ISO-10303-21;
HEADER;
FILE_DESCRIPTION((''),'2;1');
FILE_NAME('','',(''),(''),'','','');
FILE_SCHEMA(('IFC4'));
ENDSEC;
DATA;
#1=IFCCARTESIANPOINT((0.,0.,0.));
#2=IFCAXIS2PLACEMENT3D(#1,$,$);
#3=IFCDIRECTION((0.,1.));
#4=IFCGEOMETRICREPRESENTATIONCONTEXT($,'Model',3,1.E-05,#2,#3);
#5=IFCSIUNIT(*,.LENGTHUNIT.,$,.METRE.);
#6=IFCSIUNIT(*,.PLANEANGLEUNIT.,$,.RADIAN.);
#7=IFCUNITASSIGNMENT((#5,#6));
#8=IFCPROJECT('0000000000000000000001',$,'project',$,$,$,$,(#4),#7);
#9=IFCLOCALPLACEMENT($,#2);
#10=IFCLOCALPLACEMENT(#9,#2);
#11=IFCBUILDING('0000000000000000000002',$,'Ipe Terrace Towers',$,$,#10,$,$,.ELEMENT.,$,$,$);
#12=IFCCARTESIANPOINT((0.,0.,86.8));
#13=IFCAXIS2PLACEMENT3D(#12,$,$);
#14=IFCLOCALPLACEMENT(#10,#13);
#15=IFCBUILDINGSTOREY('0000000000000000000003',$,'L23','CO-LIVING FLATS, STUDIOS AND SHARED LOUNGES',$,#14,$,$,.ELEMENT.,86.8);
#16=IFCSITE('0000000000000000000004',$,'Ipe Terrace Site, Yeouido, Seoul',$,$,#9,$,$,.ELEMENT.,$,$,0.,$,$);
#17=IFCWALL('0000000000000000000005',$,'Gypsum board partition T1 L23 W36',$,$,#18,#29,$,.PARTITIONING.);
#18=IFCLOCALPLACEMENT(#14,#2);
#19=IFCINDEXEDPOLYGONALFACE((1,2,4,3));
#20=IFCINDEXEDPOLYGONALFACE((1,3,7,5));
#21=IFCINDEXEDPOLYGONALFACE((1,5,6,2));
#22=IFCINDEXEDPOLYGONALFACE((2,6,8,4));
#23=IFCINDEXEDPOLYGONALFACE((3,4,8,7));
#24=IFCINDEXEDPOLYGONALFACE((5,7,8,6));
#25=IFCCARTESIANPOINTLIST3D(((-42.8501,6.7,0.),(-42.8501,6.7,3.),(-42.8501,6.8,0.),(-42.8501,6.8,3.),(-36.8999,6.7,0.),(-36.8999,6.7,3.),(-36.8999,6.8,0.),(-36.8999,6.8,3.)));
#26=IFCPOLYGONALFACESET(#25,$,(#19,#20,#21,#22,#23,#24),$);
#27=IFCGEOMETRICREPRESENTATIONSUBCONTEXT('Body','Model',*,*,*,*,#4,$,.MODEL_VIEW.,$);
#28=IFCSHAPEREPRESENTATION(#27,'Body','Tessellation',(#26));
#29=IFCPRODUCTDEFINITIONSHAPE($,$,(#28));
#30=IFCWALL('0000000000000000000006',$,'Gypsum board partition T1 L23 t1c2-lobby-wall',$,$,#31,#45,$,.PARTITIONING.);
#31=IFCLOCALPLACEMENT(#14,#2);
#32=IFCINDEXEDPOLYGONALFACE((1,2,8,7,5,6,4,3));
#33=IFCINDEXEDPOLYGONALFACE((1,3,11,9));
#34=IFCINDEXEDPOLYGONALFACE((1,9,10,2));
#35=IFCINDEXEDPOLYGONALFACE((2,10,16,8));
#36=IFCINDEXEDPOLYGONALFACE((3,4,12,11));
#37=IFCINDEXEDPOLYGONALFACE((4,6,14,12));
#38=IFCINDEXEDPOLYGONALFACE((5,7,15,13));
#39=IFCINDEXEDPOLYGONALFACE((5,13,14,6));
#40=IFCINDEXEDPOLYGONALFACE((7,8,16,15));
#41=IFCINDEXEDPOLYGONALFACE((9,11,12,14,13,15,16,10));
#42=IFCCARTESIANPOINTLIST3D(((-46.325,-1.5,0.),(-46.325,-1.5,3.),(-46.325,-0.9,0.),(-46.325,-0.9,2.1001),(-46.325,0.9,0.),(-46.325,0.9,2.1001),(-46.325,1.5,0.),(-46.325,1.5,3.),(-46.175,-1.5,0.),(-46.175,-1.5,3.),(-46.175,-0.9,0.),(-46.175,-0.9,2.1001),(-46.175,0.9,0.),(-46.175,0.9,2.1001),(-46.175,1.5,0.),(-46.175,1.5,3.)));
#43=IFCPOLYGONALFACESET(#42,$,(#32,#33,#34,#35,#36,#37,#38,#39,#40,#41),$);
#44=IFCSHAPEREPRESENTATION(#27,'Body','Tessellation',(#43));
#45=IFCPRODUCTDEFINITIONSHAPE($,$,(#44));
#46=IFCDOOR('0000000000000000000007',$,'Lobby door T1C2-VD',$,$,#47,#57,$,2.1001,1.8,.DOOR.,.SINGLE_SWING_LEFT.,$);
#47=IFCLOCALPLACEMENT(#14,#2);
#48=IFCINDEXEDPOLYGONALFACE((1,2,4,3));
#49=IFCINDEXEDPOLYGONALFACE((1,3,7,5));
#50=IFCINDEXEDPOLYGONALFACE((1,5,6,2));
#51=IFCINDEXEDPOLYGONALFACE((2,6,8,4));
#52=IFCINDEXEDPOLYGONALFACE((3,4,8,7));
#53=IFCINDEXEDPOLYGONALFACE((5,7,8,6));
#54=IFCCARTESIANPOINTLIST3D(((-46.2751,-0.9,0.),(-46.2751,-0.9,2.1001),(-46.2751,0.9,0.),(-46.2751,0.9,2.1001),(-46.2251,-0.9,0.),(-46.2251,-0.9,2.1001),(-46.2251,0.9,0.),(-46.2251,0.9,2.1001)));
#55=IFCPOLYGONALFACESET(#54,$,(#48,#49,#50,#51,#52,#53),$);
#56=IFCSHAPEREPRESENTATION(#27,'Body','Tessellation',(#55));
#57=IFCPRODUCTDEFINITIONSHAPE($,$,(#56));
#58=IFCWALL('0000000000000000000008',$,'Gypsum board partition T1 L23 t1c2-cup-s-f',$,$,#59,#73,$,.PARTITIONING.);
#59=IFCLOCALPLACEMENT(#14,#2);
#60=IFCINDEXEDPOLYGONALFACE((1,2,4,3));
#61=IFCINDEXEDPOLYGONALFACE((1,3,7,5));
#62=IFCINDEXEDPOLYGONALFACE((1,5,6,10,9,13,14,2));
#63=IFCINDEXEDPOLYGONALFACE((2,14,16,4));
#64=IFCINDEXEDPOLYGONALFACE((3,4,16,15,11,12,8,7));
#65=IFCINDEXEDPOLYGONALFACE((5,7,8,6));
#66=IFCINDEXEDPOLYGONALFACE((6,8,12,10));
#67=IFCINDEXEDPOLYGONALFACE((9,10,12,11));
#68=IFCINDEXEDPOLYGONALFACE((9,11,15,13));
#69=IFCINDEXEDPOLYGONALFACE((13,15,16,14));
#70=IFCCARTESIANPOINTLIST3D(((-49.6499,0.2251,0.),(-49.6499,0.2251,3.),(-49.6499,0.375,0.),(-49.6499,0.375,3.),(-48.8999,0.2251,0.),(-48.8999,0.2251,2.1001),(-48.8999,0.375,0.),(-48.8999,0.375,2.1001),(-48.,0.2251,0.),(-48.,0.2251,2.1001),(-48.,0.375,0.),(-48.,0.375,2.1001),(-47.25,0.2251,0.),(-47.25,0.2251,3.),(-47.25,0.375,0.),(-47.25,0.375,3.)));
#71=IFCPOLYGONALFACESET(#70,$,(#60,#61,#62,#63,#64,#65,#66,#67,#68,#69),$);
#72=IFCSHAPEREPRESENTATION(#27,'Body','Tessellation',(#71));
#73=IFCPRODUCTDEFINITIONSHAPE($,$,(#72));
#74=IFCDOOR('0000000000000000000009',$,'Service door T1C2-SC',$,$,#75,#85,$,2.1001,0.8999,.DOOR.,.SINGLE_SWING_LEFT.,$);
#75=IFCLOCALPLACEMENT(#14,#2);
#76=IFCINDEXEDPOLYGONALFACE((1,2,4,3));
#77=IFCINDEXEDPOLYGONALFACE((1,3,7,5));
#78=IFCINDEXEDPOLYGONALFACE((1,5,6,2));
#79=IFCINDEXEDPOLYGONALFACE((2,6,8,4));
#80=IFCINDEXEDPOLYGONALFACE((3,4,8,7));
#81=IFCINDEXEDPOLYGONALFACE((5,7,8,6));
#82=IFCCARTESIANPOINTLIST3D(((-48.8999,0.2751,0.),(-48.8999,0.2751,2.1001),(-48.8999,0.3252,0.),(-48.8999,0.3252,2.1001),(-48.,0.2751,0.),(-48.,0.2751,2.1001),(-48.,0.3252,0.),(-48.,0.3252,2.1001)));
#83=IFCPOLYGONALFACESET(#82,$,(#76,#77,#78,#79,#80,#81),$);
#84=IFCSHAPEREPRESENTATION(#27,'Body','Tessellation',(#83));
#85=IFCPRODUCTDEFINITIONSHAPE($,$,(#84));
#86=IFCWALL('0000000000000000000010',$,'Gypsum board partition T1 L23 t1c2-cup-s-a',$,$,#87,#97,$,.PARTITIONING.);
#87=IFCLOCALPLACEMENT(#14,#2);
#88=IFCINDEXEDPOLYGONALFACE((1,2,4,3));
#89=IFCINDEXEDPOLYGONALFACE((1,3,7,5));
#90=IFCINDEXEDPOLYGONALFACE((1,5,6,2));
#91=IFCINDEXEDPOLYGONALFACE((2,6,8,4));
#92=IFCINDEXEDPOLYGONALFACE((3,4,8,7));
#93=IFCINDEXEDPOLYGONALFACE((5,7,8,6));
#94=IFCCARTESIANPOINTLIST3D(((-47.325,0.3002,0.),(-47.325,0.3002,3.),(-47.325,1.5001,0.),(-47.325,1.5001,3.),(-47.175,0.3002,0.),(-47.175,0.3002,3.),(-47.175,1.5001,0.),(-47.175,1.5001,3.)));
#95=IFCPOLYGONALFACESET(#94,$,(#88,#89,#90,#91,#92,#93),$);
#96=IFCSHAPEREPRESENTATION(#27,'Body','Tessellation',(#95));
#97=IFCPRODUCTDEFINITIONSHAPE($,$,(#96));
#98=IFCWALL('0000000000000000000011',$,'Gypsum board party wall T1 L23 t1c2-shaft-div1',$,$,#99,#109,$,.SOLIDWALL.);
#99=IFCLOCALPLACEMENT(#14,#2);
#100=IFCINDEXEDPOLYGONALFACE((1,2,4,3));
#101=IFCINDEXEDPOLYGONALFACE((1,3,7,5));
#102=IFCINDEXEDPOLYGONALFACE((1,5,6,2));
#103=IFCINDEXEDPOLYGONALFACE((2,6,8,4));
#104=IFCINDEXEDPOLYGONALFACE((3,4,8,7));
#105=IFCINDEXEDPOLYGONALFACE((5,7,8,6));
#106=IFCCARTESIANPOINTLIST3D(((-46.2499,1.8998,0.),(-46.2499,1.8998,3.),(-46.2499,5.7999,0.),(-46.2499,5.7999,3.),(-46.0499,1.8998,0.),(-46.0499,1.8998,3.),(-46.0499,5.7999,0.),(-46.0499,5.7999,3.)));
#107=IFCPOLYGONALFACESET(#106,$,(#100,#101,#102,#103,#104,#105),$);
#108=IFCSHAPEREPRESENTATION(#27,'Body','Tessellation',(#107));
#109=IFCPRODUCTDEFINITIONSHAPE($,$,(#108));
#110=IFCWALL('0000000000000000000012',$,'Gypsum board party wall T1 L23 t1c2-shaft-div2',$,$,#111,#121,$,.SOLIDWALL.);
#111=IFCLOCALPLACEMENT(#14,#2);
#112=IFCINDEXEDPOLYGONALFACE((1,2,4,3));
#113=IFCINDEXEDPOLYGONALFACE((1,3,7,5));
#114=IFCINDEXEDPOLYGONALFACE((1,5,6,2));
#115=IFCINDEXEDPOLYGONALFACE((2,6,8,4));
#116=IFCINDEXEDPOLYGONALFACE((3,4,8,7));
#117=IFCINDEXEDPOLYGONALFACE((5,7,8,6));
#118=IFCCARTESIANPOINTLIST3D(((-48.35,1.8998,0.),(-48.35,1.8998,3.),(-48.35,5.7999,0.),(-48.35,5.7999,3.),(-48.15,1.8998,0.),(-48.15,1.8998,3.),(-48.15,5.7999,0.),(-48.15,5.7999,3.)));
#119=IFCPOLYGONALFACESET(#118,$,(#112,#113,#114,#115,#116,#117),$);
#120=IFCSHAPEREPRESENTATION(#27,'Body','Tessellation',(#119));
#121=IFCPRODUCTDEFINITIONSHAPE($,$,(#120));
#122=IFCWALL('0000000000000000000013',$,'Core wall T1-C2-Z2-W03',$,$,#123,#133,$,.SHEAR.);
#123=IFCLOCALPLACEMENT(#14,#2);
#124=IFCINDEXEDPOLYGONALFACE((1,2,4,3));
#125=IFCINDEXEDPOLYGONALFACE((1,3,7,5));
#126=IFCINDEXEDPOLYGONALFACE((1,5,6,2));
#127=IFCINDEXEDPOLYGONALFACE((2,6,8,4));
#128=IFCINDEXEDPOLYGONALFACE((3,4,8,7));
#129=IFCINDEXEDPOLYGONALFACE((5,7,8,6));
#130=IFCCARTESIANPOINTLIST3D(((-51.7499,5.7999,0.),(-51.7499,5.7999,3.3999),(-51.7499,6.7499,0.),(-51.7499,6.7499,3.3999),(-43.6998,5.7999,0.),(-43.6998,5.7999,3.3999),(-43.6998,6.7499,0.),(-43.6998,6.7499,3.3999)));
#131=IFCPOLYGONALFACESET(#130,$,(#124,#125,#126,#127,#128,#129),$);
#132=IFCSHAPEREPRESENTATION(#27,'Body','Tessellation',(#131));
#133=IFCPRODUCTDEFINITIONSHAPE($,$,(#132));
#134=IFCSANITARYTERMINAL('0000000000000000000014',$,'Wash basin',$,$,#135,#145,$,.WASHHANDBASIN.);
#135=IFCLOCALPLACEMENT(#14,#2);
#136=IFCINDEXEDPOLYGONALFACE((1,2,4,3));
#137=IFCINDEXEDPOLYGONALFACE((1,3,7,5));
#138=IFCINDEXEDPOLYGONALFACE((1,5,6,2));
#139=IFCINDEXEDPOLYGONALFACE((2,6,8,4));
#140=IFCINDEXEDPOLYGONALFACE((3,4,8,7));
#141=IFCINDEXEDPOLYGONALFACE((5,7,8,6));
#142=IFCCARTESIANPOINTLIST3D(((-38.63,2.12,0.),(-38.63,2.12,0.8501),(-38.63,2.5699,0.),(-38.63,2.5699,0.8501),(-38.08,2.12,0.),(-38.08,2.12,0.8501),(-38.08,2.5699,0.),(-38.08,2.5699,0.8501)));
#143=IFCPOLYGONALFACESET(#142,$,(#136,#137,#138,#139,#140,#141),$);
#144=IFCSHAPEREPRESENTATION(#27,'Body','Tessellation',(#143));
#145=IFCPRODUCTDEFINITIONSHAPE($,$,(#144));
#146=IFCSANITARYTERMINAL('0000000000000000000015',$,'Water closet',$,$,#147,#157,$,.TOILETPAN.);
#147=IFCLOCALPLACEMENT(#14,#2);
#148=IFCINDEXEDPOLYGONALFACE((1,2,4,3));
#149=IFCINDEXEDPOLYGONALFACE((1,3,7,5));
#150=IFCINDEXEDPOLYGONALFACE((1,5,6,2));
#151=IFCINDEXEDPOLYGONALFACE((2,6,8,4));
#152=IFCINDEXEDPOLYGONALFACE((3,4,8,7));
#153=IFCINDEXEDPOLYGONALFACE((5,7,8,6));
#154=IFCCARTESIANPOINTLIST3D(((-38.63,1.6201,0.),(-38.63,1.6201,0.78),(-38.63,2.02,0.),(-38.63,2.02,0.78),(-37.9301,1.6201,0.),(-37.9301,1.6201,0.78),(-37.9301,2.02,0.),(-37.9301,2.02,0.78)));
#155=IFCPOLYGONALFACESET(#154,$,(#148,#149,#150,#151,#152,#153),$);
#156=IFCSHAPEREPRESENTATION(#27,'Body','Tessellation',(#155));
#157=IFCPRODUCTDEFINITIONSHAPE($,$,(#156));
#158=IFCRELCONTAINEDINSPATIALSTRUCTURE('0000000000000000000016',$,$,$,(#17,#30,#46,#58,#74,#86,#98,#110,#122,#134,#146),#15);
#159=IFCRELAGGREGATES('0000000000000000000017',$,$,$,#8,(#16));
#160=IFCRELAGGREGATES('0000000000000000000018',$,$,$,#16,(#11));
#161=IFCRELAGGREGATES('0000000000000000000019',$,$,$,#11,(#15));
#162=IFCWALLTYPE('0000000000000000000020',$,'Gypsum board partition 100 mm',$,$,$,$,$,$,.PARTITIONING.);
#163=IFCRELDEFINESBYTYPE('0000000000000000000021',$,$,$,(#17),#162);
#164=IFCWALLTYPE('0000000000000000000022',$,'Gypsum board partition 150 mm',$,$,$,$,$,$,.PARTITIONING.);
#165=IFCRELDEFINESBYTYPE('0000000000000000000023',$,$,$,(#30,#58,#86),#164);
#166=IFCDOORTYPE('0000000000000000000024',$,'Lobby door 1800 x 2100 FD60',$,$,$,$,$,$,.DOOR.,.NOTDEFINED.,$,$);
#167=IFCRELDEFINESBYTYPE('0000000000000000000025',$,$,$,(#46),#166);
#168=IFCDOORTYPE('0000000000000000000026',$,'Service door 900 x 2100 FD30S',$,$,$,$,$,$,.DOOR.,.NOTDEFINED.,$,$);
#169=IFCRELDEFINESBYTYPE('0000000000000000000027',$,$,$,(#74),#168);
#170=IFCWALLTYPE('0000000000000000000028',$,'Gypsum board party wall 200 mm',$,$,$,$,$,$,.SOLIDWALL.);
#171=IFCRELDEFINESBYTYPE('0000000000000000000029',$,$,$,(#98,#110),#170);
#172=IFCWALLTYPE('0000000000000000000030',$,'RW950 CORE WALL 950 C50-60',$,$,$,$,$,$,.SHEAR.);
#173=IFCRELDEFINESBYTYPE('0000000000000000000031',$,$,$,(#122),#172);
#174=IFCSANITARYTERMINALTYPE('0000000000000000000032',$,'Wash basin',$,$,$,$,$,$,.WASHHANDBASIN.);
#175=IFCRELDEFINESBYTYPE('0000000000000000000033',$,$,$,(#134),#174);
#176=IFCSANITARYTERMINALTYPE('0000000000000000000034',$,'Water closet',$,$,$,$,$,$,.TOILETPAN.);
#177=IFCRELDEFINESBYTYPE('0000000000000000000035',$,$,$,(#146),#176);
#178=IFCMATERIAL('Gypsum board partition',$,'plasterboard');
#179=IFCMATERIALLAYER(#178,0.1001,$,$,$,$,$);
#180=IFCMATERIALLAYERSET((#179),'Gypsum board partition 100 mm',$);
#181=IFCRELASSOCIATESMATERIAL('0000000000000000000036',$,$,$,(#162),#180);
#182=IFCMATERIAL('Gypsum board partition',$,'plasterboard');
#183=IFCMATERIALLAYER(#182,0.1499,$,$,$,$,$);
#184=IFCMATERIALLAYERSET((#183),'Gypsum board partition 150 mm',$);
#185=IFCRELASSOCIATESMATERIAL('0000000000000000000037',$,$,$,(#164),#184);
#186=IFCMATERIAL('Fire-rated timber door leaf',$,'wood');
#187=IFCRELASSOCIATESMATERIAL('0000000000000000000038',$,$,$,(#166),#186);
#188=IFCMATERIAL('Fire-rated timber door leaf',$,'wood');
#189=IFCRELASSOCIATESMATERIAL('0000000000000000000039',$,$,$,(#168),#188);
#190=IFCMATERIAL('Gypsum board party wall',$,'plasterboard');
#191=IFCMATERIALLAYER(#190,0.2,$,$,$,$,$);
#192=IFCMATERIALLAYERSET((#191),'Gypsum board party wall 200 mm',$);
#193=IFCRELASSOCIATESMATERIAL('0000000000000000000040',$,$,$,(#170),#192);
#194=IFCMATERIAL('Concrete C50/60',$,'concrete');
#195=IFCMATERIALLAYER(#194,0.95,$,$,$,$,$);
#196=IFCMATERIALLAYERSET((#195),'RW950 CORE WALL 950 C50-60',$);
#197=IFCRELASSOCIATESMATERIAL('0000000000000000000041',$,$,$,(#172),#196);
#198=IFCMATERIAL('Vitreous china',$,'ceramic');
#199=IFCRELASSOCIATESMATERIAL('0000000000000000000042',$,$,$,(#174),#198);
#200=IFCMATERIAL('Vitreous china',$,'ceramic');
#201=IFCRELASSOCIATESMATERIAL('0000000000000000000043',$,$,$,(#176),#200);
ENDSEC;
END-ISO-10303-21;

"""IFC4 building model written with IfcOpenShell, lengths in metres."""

from ifc_helpers import new_model, si_unit, direction, frame, frame_2d, origin, origin_2d, place, context, subcontext, project, spatial, rectangle, extrude, material, layer, layer_set, type_object, element, fill, save


model = new_model("IFC4")

# Units and contexts
model_context = context("Model", 3, precision=1e-05, world=origin(), true_north=direction((0.0, 1.0)))
body_context = subcontext(model_context, "Body", "Model", "MODEL_VIEW")
ifc_project = project(units=[si_unit("LENGTHUNIT", "METRE"), si_unit("PLANEANGLEUNIT", "RADIAN")], contexts=[model_context])

# Site, building, storey
site_placement = place(None, origin())
site = spatial("IfcSite", under=ifc_project, at=site_placement, Name="Ipe Terrace Site, Yeouido, Seoul", CompositionType="ELEMENT", RefElevation=0.0)
building_placement = place(site_placement, origin())
building = spatial("IfcBuilding", under=site, at=building_placement, Name="Ipe Terrace Towers", CompositionType="ELEMENT")
storey_placement = place(building_placement, frame((0.0, 0.0, 86.8)))
storey = spatial("IfcBuildingStorey", under=building, at=storey_placement, Name="L23", Description="CO-LIVING FLATS, STUDIOS AND SHARED LOUNGES", CompositionType="ELEMENT", Elevation=86.8)

# Shared definitions
ifc_material_1 = material(Name="Gypsum board partition", Category="plasterboard")
ifc_layer_1 = layer(ifc_material_1, 0.1001)
ifc_layer_set_1 = layer_set([ifc_layer_1], Name="Gypsum board partition 100 mm")
wall_type_1 = type_object("IfcWallType", Name="Gypsum board partition 100 mm", PredefinedType="PARTITIONING", material=ifc_layer_set_1)

# Wall
wall_1_placement = place(storey_placement, frame((-42.8501, 6.75, 0.0), z_axis=(0.0, 0.0, 1.0), x_axis=(1.0, 0.0, 0.0)))
element("IfcWall", 1, at=wall_1_placement, inside=storey, type_object=wall_type_1, Name="Gypsum board partition T1 L23 W36", PredefinedType="PARTITIONING", context=body_context, shape_type="SweptSolid", body=[
    extrude(rectangle(XDim=5.9502, YDim=0.1001, at=frame_2d((2.9751, 0.0))), origin(), (0.0, 0.0, 1.0), 3.0),
])

# Walls, openings, doors
ifc_material_2 = material(Name="Gypsum board partition", Category="plasterboard")
ifc_layer_2 = layer(ifc_material_2, 0.1499)
ifc_layer_set_2 = layer_set([ifc_layer_2], Name="Gypsum board partition 150 mm")
wall_type_2 = type_object("IfcWallType", Name="Gypsum board partition 150 mm", PredefinedType="PARTITIONING", material=ifc_layer_set_2)
wall_2_placement = place(storey_placement, frame((-46.25, 1.5, 0.0), z_axis=(0.0, 0.0, 1.0), x_axis=(0.0, -1.0, 0.0)))
wall_2 = element("IfcWall", 2, at=wall_2_placement, inside=storey, type_object=wall_type_2, Name="Gypsum board partition T1 L23 t1c2-lobby-wall", PredefinedType="PARTITIONING", context=body_context, shape_type="SweptSolid", body=[
    extrude(rectangle(XDim=3.0, YDim=0.1499, at=frame_2d((1.5, 0.0))), origin(), (0.0, 0.0, 1.0), 3.0),
])
opening_1_placement = place(wall_2_placement, frame((0.6001, 0.0, 0.0)))
opening_1 = element("IfcOpeningElement", 3, at=opening_1_placement, cuts=wall_2, PredefinedType="OPENING", context=body_context, shape_type="SweptSolid", body=[
    extrude(rectangle(XDim=1.8, YDim=2.1001, at=frame_2d((0.8999, 1.05))), frame((0.0, 0.085, 0.0), z_axis=(0.0, -1.0, 0.0), x_axis=(1.0, 0.0, 0.0)), (0.0, 0.0, 1.0), 0.1699),
])
ifc_material_3 = material(Name="Fire-rated timber door leaf", Category="wood")
door_type_1 = type_object("IfcDoorType", Name="Lobby door 1800 x 2100 FD60", OperationType="NOTDEFINED", PredefinedType="DOOR", material=ifc_material_3)
door_1_placement = place(opening_1_placement, origin())
door_1 = element("IfcDoor", 4, at=door_1_placement, inside=storey, type_object=door_type_1, Name="Lobby door T1C2-VD", OperationType="SINGLE_SWING_LEFT", OverallHeight=2.1001, OverallWidth=1.8, PredefinedType="DOOR", context=body_context, shape_type="SweptSolid", body=[
    extrude(rectangle(XDim=1.8, YDim=2.1001, at=frame_2d((0.8999, 1.05))), frame((0.0, 0.0249, 0.0), z_axis=(0.0, -1.0, 0.0), x_axis=(1.0, 0.0, 0.0)), (0.0, 0.0, 1.0), 0.05),
])
fill(opening_1, door_1)
wall_3_placement = place(storey_placement, frame((-47.25, 0.3, 0.0), z_axis=(0.0, 0.0, 1.0), x_axis=(-1.0, 0.0, 0.0)))
wall_3 = element("IfcWall", 5, at=wall_3_placement, inside=storey, type_object=wall_type_2, Name="Gypsum board partition T1 L23 t1c2-cup-s-f", PredefinedType="PARTITIONING", context=body_context, shape_type="SweptSolid", body=[
    extrude(rectangle(XDim=2.3999, YDim=0.1499, at=frame_2d((1.2, 0.0))), origin(), (0.0, 0.0, 1.0), 3.0),
])
opening_2_placement = place(wall_3_placement, frame((0.75, 0.0, 0.0)))
opening_2 = element("IfcOpeningElement", 6, at=opening_2_placement, cuts=wall_3, PredefinedType="OPENING", context=body_context, shape_type="SweptSolid", body=[
    extrude(rectangle(XDim=0.8999, YDim=2.1001, at=frame_2d((0.45, 1.05))), frame((0.0, 0.085, 0.0), z_axis=(0.0, -1.0, 0.0), x_axis=(1.0, 0.0, 0.0)), (0.0, 0.0, 1.0), 0.1699),
])
ifc_material_4 = material(Name="Fire-rated timber door leaf", Category="wood")
door_type_2 = type_object("IfcDoorType", Name="Service door 900 x 2100 FD30S", OperationType="NOTDEFINED", PredefinedType="DOOR", material=ifc_material_4)
door_2_placement = place(opening_2_placement, origin())
door_2 = element("IfcDoor", 7, at=door_2_placement, inside=storey, type_object=door_type_2, Name="Service door T1C2-SC", OperationType="SINGLE_SWING_LEFT", OverallHeight=2.1001, OverallWidth=0.8999, PredefinedType="DOOR", context=body_context, shape_type="SweptSolid", body=[
    extrude(rectangle(XDim=0.8999, YDim=2.1001, at=frame_2d((0.45, 1.05))), frame((0.0, 0.0249, 0.0), z_axis=(0.0, -1.0, 0.0), x_axis=(1.0, 0.0, 0.0)), (0.0, 0.0, 1.0), 0.05),
])
fill(opening_2, door_2)

# Walls
wall_4_placement = place(storey_placement, frame((-47.25, 0.3, 0.0), z_axis=(0.0, 0.0, 1.0), x_axis=(0.0, 1.0, 0.0)))
element("IfcWall", 8, at=wall_4_placement, inside=storey, type_object=wall_type_2, Name="Gypsum board partition T1 L23 t1c2-cup-s-a", PredefinedType="PARTITIONING", context=body_context, shape_type="SweptSolid", body=[
    extrude(rectangle(XDim=1.2, YDim=0.1499, at=frame_2d((0.6001, 0.0))), origin(), (0.0, 0.0, 1.0), 3.0),
])
ifc_material_5 = material(Name="Gypsum board party wall", Category="plasterboard")
ifc_layer_3 = layer(ifc_material_5, 0.2)
ifc_layer_set_3 = layer_set([ifc_layer_3], Name="Gypsum board party wall 200 mm")
wall_type_3 = type_object("IfcWallType", Name="Gypsum board party wall 200 mm", PredefinedType="SOLIDWALL", material=ifc_layer_set_3)
for number, where, z_axis, x_axis, name in (
    (9, (-46.1499, 5.8, 0.0), (0.0, 0.0, 1.0), (0.0, -1.0, 0.0), "Gypsum board party wall T1 L23 t1c2-shaft-div1"),
    (10, (-48.25, 5.8, 0.0), (0.0, 0.0, 1.0), (0.0, -1.0, 0.0), "Gypsum board party wall T1 L23 t1c2-shaft-div2"),
):
    element("IfcWall", number, at=place(storey_placement, frame(where, z_axis=z_axis, x_axis=x_axis)), inside=storey, type_object=wall_type_3, Name=name, PredefinedType="SOLIDWALL", context=body_context, shape_type="SweptSolid", body=[
        extrude(rectangle(XDim=3.9001, YDim=0.2, at=frame_2d((1.9502, 0.0))), origin(), (0.0, 0.0, 1.0), 3.0),
    ])
ifc_material_6 = material(Name="Concrete C50/60", Category="concrete")
ifc_layer_4 = layer(ifc_material_6, 0.95)
ifc_layer_set_4 = layer_set([ifc_layer_4], Name="RW950 CORE WALL 950 C50-60")
wall_type_4 = type_object("IfcWallType", Name="RW950 CORE WALL 950 C50-60", PredefinedType="SHEAR", material=ifc_layer_set_4)
wall_5_placement = place(storey_placement, frame((-43.7, 6.2749, 0.0), z_axis=(0.0, 0.0, 1.0), x_axis=(-1.0, 0.0, 0.0)))
element("IfcWall", 11, at=wall_5_placement, inside=storey, type_object=wall_type_4, Name="Core wall T1-C2-Z2-W03", PredefinedType="SHEAR", context=body_context, shape_type="SweptSolid", body=[
    extrude(rectangle(XDim=8.05, YDim=0.95, at=frame_2d((4.0249, 0.0))), origin(), (0.0, 0.0, 1.0), 3.3999),
])

# Sanitary terminals
ifc_material_7 = material(Name="Vitreous china", Category="ceramic")
sanitary_terminal_type_1 = type_object("IfcSanitaryTerminalType", Name="Wash basin", PredefinedType="WASHHANDBASIN", material=ifc_material_7)
sanitary_terminal_1_placement = place(storey_placement, frame((-38.355, 2.345, 0.0), z_axis=(0.0, 0.0, 1.0), x_axis=(1.0, 0.0, 0.0)))
element("IfcSanitaryTerminal", 12, at=sanitary_terminal_1_placement, inside=storey, type_object=sanitary_terminal_type_1, Name="Wash basin", PredefinedType="WASHHANDBASIN", context=body_context, shape_type="SweptSolid", body=[
    extrude(rectangle(XDim=0.55, YDim=0.45, at=origin_2d()), origin(), (0.0, 0.0, 1.0), 0.8501),
])
ifc_material_8 = material(Name="Vitreous china", Category="ceramic")
sanitary_terminal_type_2 = type_object("IfcSanitaryTerminalType", Name="Water closet", PredefinedType="TOILETPAN", material=ifc_material_8)
sanitary_terminal_2_placement = place(storey_placement, frame((-38.28, 1.8201, 0.0), z_axis=(0.0, 0.0, 1.0), x_axis=(1.0, 0.0, 0.0)))
element("IfcSanitaryTerminal", 13, at=sanitary_terminal_2_placement, inside=storey, type_object=sanitary_terminal_type_2, Name="Water closet", PredefinedType="TOILETPAN", context=body_context, shape_type="SweptSolid", body=[
    extrude(rectangle(XDim=0.7, YDim=0.3999, at=origin_2d()), origin(), (0.0, 0.0, 1.0), 0.78),
])

save(model, "model.ifc")
